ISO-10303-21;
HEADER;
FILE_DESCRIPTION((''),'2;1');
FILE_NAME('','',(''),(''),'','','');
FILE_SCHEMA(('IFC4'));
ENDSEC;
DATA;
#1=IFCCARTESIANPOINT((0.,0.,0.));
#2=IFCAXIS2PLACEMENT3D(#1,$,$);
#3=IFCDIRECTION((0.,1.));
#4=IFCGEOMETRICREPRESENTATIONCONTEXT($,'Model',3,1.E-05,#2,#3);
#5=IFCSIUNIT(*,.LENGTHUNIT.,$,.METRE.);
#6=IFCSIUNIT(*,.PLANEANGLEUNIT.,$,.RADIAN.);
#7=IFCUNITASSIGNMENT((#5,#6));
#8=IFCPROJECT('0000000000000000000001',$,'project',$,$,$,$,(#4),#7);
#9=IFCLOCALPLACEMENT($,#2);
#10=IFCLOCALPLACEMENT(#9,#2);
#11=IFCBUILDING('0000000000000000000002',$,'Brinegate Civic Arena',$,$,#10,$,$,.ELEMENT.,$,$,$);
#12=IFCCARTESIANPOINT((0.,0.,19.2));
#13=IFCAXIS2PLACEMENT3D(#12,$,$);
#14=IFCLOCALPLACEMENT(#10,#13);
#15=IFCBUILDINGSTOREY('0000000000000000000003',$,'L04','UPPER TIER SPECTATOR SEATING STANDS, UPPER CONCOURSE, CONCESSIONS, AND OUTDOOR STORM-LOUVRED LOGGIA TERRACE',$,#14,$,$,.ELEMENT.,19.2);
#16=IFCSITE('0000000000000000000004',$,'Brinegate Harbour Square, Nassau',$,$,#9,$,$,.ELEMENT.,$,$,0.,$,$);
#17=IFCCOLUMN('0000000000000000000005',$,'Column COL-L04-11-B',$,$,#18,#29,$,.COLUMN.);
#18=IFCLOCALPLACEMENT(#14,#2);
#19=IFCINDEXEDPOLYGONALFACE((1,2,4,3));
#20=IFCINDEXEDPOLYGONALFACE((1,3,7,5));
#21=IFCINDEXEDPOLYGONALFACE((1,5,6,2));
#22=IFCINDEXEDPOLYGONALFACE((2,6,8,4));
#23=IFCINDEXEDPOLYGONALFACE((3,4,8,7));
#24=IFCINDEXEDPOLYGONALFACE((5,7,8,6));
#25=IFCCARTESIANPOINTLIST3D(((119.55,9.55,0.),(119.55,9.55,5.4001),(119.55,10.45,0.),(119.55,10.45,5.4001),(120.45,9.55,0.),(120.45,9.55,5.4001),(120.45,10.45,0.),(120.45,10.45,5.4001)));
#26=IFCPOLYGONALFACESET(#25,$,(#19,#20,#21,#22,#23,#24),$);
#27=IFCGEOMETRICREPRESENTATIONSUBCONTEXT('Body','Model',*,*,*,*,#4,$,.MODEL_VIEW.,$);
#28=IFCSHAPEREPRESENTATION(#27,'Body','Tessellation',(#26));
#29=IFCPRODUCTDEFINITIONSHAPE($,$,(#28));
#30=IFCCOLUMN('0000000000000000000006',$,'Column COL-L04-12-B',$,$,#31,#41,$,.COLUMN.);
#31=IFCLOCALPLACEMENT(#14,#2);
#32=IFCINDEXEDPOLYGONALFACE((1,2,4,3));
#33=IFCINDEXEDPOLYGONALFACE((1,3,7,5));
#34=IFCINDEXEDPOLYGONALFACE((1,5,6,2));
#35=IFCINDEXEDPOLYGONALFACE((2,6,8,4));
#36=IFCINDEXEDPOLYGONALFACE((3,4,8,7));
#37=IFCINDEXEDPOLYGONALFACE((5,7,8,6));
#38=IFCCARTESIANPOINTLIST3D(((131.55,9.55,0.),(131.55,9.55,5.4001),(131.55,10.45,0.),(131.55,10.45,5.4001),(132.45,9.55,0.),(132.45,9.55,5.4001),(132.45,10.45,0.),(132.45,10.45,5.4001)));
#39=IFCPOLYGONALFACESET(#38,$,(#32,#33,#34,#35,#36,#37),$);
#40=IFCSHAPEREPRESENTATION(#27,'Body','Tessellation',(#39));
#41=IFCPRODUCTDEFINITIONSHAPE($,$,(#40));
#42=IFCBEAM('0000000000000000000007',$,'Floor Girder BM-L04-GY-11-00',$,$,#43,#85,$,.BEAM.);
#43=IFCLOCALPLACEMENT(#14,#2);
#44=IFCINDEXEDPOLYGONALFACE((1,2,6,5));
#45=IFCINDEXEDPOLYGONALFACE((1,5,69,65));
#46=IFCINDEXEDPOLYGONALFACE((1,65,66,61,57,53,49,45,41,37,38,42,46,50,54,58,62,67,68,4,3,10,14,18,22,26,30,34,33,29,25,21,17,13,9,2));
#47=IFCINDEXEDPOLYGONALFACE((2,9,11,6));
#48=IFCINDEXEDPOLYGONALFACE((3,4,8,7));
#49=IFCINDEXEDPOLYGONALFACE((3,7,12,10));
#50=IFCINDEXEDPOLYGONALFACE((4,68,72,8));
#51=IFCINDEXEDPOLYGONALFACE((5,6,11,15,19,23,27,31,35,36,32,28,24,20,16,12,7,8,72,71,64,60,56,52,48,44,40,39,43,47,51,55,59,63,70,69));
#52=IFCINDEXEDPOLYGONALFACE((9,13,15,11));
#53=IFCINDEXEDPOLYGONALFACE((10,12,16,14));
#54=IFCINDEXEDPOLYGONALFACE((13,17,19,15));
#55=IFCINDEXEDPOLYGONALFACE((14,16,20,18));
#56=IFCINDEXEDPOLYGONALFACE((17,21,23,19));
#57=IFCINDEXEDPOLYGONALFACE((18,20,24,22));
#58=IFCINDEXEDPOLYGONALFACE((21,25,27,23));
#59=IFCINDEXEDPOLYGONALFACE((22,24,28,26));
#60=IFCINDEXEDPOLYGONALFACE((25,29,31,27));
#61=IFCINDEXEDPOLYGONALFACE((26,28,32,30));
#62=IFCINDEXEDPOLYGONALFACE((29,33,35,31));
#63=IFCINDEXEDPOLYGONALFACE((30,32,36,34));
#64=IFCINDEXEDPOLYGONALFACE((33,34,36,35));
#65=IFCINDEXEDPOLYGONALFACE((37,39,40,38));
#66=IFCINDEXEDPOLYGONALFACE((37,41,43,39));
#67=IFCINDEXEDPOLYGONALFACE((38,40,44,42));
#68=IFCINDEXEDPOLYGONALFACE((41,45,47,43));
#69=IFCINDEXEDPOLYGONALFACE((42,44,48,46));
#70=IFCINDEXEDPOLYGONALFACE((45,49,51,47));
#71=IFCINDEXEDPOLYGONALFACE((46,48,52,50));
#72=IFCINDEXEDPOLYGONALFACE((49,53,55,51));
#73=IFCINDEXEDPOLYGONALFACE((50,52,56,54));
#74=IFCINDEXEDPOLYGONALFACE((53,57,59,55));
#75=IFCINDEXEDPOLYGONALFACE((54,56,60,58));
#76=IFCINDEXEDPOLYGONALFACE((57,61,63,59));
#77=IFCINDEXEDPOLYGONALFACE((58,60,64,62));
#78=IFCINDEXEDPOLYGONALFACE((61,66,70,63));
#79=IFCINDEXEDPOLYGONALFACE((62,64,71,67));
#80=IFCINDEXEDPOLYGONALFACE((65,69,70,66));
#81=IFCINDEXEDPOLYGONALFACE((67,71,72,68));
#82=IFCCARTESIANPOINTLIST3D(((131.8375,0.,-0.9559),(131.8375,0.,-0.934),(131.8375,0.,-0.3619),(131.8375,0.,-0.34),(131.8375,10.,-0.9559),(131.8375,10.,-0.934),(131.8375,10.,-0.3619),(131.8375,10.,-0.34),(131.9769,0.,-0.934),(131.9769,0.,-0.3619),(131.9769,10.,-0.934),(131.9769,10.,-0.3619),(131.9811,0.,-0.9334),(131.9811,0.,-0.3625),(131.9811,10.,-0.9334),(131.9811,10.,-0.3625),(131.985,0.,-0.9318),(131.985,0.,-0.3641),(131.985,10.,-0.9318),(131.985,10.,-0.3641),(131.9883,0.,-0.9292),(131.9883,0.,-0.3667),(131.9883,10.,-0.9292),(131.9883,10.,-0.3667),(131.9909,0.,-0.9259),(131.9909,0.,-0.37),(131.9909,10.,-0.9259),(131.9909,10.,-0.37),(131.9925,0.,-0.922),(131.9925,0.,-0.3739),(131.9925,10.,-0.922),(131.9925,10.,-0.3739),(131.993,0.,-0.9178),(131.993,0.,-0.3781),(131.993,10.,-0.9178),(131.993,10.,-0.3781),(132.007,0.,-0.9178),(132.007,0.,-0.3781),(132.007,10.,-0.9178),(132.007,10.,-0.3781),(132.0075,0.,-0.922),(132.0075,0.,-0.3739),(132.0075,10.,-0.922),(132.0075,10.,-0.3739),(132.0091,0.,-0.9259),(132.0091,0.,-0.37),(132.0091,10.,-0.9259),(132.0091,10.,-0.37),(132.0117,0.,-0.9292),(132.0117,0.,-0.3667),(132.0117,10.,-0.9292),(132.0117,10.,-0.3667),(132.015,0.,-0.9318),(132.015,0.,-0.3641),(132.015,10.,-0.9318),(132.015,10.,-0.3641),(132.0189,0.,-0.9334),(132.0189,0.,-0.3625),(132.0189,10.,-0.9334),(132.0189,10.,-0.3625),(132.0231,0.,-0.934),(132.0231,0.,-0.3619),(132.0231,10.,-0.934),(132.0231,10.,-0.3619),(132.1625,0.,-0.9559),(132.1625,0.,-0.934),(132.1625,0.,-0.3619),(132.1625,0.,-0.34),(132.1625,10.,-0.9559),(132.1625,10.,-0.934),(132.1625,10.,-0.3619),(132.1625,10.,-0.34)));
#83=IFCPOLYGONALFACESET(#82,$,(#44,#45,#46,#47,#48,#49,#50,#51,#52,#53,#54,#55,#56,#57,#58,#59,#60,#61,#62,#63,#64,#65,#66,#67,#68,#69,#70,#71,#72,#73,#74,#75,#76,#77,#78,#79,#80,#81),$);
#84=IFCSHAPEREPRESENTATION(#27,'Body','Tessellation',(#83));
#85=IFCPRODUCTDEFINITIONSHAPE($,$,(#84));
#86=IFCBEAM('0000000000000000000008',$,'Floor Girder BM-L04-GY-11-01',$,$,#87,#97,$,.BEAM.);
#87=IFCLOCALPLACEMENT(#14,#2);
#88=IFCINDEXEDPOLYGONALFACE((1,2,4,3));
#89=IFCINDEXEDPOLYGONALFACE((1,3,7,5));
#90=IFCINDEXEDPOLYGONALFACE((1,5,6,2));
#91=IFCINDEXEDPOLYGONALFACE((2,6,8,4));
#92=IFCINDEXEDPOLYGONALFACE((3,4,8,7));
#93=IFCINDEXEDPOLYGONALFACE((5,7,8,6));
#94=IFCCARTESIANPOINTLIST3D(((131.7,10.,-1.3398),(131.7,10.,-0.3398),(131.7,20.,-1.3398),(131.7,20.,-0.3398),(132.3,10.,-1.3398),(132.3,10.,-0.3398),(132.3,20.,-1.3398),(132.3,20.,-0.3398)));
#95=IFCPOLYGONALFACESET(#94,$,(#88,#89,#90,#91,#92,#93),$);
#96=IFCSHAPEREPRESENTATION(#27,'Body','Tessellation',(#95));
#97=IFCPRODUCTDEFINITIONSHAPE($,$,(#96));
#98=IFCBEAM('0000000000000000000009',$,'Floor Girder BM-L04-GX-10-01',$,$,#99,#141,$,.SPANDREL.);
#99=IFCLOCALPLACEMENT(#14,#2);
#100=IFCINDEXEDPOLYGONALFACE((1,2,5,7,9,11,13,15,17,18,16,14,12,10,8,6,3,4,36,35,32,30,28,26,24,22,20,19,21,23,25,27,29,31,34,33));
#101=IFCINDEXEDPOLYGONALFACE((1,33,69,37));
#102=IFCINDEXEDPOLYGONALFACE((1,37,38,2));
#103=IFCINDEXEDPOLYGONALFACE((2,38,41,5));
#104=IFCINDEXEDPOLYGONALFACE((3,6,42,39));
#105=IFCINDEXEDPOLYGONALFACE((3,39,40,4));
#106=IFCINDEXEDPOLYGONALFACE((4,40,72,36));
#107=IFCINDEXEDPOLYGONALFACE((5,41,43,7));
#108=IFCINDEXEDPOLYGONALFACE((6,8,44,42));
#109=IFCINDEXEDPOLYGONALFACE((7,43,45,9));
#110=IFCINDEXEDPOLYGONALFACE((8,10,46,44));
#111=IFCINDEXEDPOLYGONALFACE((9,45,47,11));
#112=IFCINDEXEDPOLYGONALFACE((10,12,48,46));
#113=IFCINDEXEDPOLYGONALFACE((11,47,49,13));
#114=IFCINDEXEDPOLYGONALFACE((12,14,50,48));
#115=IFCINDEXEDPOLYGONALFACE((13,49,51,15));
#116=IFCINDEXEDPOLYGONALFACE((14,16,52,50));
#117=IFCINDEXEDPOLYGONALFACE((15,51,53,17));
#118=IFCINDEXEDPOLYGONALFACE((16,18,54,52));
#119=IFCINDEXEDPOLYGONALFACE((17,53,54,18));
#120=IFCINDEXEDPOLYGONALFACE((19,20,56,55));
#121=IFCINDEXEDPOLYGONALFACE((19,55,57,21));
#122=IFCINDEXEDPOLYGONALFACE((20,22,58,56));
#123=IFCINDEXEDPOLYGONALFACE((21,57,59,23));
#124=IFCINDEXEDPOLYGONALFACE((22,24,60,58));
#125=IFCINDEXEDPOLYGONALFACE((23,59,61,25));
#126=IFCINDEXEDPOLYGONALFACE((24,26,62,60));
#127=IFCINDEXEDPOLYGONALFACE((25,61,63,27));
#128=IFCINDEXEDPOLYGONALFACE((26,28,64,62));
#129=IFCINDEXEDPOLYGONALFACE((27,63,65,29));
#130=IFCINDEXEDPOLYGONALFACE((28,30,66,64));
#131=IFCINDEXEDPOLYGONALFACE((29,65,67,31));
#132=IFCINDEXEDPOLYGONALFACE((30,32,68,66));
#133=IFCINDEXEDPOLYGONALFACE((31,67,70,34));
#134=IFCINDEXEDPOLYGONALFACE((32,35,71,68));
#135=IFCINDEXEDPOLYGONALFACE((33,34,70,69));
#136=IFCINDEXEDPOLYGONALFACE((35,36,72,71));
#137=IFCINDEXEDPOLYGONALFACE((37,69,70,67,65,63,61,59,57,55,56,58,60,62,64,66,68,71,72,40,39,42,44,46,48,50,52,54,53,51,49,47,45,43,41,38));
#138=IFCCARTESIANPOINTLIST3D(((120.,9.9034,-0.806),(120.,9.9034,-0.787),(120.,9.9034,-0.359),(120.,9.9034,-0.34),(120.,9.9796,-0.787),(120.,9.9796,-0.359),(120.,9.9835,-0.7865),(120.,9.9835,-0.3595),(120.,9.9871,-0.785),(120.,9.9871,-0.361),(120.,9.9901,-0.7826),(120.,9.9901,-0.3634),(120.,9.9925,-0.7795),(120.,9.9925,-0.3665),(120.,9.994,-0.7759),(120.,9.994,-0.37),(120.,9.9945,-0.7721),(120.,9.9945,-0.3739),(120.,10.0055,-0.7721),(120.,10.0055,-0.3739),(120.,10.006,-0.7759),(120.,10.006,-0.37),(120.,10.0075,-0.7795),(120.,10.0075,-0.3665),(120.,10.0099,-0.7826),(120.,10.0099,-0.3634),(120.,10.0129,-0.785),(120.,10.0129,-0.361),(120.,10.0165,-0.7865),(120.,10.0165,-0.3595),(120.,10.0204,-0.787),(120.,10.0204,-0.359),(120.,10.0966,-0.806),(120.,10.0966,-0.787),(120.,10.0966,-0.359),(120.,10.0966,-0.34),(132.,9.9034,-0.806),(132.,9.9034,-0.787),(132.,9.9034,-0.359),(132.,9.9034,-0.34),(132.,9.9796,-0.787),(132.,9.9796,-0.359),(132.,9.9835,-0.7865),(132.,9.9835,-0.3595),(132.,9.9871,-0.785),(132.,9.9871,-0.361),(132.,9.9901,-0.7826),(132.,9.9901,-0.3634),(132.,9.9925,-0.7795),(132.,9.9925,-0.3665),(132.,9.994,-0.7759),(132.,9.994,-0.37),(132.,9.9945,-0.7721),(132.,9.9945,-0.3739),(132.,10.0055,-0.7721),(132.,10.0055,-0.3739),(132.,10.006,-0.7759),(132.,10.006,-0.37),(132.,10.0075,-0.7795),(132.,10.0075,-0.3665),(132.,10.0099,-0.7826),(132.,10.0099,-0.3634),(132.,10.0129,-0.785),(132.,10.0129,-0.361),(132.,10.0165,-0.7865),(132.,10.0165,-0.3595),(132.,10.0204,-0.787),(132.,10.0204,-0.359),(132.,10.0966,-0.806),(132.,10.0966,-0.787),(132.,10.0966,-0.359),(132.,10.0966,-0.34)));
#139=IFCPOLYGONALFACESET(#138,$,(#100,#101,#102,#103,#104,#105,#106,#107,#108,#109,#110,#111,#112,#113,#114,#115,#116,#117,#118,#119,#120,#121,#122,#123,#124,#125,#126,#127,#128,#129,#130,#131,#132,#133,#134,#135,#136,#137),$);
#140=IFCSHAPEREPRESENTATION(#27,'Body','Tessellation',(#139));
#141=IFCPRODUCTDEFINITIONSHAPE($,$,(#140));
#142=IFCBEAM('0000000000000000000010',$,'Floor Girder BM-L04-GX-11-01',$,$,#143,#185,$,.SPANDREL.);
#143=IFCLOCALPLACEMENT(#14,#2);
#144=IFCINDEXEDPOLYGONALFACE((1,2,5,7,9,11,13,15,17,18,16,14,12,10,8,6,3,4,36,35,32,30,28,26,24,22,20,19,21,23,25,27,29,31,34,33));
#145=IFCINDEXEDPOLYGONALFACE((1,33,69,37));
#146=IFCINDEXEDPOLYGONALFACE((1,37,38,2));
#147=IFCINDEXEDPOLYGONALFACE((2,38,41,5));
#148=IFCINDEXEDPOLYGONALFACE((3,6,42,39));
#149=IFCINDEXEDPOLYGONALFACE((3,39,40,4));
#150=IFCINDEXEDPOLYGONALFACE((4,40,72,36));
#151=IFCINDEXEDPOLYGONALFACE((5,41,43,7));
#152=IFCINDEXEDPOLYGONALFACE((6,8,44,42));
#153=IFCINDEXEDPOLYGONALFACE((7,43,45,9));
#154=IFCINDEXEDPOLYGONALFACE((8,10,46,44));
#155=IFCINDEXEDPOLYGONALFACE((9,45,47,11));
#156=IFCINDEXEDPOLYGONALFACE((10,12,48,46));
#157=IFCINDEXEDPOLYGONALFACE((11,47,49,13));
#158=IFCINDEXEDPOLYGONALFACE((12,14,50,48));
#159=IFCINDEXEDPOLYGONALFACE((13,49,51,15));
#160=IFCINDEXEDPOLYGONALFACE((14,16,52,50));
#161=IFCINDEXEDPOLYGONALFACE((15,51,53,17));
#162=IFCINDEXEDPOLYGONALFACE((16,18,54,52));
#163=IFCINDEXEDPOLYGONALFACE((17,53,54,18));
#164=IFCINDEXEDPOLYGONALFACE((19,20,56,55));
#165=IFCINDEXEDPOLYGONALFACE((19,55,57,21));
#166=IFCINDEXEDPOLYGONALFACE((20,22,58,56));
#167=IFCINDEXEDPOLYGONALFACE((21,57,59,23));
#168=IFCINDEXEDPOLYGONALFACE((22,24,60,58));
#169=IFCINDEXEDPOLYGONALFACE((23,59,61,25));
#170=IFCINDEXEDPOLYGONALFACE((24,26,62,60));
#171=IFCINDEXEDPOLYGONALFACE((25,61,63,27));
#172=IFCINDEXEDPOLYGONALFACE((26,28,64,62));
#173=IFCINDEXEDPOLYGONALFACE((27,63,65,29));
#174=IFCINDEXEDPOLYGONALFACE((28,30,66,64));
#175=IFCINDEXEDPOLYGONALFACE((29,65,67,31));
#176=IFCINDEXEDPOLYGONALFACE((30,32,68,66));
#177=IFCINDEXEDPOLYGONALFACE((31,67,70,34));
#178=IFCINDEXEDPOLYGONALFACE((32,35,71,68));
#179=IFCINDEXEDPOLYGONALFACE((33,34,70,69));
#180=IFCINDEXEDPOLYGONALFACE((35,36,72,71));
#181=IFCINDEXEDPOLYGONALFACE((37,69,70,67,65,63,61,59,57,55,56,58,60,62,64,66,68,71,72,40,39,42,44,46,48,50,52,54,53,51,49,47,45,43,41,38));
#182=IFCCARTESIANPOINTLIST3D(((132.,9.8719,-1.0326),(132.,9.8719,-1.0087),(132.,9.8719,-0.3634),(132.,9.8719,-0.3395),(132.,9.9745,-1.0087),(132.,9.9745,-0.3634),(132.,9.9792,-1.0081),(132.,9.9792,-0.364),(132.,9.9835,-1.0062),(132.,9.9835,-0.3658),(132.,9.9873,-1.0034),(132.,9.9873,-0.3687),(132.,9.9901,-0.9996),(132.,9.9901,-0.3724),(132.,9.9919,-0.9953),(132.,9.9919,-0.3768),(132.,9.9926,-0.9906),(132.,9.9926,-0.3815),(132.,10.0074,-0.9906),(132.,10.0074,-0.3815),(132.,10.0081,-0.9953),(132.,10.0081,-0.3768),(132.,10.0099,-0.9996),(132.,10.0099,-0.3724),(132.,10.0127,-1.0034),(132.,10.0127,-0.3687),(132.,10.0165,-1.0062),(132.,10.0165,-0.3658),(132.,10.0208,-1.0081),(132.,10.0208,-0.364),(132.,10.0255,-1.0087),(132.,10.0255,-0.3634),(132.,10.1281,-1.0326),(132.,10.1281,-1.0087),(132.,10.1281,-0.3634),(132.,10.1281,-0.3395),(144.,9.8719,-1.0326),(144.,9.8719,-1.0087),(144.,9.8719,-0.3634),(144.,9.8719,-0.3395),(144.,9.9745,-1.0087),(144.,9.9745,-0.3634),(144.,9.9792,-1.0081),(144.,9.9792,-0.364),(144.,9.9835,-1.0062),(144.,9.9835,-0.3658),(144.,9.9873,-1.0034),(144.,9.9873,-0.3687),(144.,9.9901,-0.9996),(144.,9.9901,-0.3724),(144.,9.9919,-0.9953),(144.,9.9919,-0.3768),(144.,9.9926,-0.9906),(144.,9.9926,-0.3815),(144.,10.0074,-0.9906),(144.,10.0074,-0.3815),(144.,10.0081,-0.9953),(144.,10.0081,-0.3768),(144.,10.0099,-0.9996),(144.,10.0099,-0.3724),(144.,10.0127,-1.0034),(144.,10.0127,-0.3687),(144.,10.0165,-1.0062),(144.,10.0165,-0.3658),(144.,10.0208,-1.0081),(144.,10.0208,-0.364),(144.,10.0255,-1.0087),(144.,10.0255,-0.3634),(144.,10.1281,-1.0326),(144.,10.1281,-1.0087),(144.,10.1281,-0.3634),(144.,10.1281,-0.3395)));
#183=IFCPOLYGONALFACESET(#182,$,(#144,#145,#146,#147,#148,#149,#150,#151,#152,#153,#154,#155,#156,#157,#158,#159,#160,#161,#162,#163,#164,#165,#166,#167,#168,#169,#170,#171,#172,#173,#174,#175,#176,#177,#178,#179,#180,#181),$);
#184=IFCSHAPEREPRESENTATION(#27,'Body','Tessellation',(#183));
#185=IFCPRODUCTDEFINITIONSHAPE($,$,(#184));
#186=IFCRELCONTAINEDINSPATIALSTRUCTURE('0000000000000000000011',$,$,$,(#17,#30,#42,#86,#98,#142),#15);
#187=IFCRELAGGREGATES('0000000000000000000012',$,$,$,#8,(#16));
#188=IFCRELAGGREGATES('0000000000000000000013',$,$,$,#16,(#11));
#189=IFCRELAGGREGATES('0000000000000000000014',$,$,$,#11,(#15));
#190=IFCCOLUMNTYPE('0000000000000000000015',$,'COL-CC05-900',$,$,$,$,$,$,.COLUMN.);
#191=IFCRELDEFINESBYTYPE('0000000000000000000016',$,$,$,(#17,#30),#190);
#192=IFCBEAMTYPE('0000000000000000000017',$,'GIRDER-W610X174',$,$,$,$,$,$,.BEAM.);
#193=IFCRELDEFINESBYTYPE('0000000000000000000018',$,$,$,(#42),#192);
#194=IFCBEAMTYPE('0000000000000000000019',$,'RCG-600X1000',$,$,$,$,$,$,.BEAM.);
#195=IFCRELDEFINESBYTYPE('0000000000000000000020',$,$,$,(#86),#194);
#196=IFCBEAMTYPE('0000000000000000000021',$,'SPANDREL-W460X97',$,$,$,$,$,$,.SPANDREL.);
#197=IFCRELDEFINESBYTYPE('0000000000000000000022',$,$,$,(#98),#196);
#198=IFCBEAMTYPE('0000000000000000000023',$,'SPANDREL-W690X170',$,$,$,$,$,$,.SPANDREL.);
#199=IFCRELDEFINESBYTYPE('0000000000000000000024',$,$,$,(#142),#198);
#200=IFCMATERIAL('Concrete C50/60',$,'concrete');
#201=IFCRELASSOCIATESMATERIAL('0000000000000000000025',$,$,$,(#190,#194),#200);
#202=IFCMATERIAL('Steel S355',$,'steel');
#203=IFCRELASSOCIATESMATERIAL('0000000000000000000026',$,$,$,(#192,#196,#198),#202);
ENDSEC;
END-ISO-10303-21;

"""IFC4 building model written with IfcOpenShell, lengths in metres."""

from ifc_helpers import new_model, si_unit, direction, frame, origin, origin_2d, place, context, subcontext, project, spatial, rectangle, i_section, extrude, material, material_profile, profile_set, type_object, element, save


model = new_model("IFC4")

# Units and contexts
model_context = context("Model", 3, precision=1e-05, world=origin(), true_north=direction((0.0, 1.0)))
body_context = subcontext(model_context, "Body", "Model", "MODEL_VIEW")
ifc_project = project(units=[si_unit("LENGTHUNIT", "METRE"), si_unit("PLANEANGLEUNIT", "RADIAN")], contexts=[model_context])

# Site, building, storey
site_placement = place(None, origin())
site = spatial("IfcSite", under=ifc_project, at=site_placement, Name="Brinegate Harbour Square, Nassau", CompositionType="ELEMENT", RefElevation=0.0)
building_placement = place(site_placement, origin())
building = spatial("IfcBuilding", under=site, at=building_placement, Name="Brinegate Civic Arena", CompositionType="ELEMENT")
storey_placement = place(building_placement, frame((0.0, 0.0, 19.2)))
storey = spatial("IfcBuildingStorey", under=building, at=storey_placement, Name="L04", Description="UPPER TIER SPECTATOR SEATING STANDS, UPPER CONCOURSE, CONCESSIONS, AND OUTDOOR STORM-LOUVRED LOGGIA TERRACE", CompositionType="ELEMENT", Elevation=19.2)

# Columns
ifc_material_1 = material(Name="Concrete C50/60", Category="concrete")
ifc_material_profile_1 = material_profile(ifc_material_1, rectangle(XDim=0.8999, YDim=0.8999, at=origin_2d()), Name="RC900X900")
ifc_profile_set_1 = profile_set([ifc_material_profile_1], Name="Concrete C50/60")
column_type = type_object("IfcColumnType", Name="COL-CC05-900", PredefinedType="COLUMN", material=ifc_profile_set_1)
for number, where, z_axis, x_axis, name in (
    (1, (120.0, 10.0, 0.0), (0.0, 0.0, 1.0), (1.0, 0.0, 0.0), "Column COL-L04-11-B"),
    (2, (132.0, 10.0, 0.0), (0.0, 0.0, 1.0), (1.0, 0.0, 0.0), "Column COL-L04-12-B"),
):
    element("IfcColumn", number, at=place(storey_placement, frame(where, z_axis=z_axis, x_axis=x_axis)), inside=storey, type_object=column_type, Name=name, PredefinedType="COLUMN", context=body_context, shape_type="SweptSolid", body=[
        extrude(rectangle(XDim=0.8999, YDim=0.8999, at=origin_2d()), origin(), (0.0, 0.0, 1.0), 5.4001),
    ])

# Beams
ifc_material_2 = material(Name="Steel S355", Category="steel")
ifc_material_profile_2 = material_profile(ifc_material_2, i_section(OverallWidth=0.325, OverallDepth=0.616, WebThickness=0.0139, FlangeThickness=0.022, FilletRadius=0.0161, at=origin_2d()), Name="W610X174")
ifc_profile_set_2 = profile_set([ifc_material_profile_2], Name="Steel S355")
beam_type_1 = type_object("IfcBeamType", Name="GIRDER-W610X174", PredefinedType="BEAM", material=ifc_profile_set_2)
beam_1_placement = place(storey_placement, frame((132.0, 0.0, -0.6479), z_axis=(0.0, 1.0, 0.0), x_axis=(-1.0, 0.0, 0.0)))
element("IfcBeam", 3, at=beam_1_placement, inside=storey, type_object=beam_type_1, Name="Floor Girder BM-L04-GY-11-00", PredefinedType="BEAM", context=body_context, shape_type="SweptSolid", body=[
    extrude(i_section(OverallWidth=0.325, OverallDepth=0.616, WebThickness=0.0139, FlangeThickness=0.022, FilletRadius=0.0161, at=origin_2d()), origin(), (0.0, 0.0, 1.0), 10.0),
])
ifc_material_profile_3 = material_profile(ifc_material_1, rectangle(XDim=0.6001, YDim=1.0, at=origin_2d()), Name="RCB600X1000")
ifc_profile_set_3 = profile_set([ifc_material_profile_3], Name="Concrete C50/60")
beam_type_2 = type_object("IfcBeamType", Name="RCG-600X1000", PredefinedType="BEAM", material=ifc_profile_set_3)
beam_2_placement = place(storey_placement, frame((132.0, 10.0, -0.8398), z_axis=(0.0, 1.0, 0.0), x_axis=(-1.0, 0.0, 0.0)))
element("IfcBeam", 4, at=beam_2_placement, inside=storey, type_object=beam_type_2, Name="Floor Girder BM-L04-GY-11-01", PredefinedType="BEAM", context=body_context, shape_type="SweptSolid", body=[
    extrude(rectangle(XDim=0.6001, YDim=1.0, at=origin_2d()), origin(), (0.0, 0.0, 1.0), 10.0),
])
ifc_material_profile_4 = material_profile(ifc_material_2, i_section(OverallWidth=0.1931, OverallDepth=0.4661, WebThickness=0.011, FlangeThickness=0.019, FilletRadius=0.0149, at=origin_2d()), Name="W460X97")
ifc_profile_set_4 = profile_set([ifc_material_profile_4], Name="Steel S355")
beam_type_3 = type_object("IfcBeamType", Name="SPANDREL-W460X97", PredefinedType="SPANDREL", material=ifc_profile_set_4)
beam_3_placement = place(storey_placement, frame((120.0, 10.0, -0.573), z_axis=(1.0, 0.0, 0.0), x_axis=(0.0, 1.0, 0.0)))
element("IfcBeam", 5, at=beam_3_placement, inside=storey, type_object=beam_type_3, Name="Floor Girder BM-L04-GX-10-01", PredefinedType="SPANDREL", context=body_context, shape_type="SweptSolid", body=[
    extrude(i_section(OverallWidth=0.1931, OverallDepth=0.4661, WebThickness=0.011, FlangeThickness=0.019, FilletRadius=0.0149, at=origin_2d()), origin(), (0.0, 0.0, 1.0), 12.0),
])
ifc_material_profile_5 = material_profile(ifc_material_2, i_section(OverallWidth=0.2561, OverallDepth=0.6931, WebThickness=0.0149, FlangeThickness=0.0239, FilletRadius=0.0181, at=origin_2d()), Name="W690X170")
ifc_profile_set_5 = profile_set([ifc_material_profile_5], Name="Steel S355")
beam_type_4 = type_object("IfcBeamType", Name="SPANDREL-W690X170", PredefinedType="SPANDREL", material=ifc_profile_set_5)
beam_4_placement = place(storey_placement, frame((132.0, 10.0, -0.686), z_axis=(1.0, 0.0, 0.0), x_axis=(0.0, 1.0, 0.0)))
element("IfcBeam", 6, at=beam_4_placement, inside=storey, type_object=beam_type_4, Name="Floor Girder BM-L04-GX-11-01", PredefinedType="SPANDREL", context=body_context, shape_type="SweptSolid", body=[
    extrude(i_section(OverallWidth=0.2561, OverallDepth=0.6931, WebThickness=0.0149, FlangeThickness=0.0239, FilletRadius=0.0181, at=origin_2d()), origin(), (0.0, 0.0, 1.0), 12.0),
])

save(model, "model.ifc")
